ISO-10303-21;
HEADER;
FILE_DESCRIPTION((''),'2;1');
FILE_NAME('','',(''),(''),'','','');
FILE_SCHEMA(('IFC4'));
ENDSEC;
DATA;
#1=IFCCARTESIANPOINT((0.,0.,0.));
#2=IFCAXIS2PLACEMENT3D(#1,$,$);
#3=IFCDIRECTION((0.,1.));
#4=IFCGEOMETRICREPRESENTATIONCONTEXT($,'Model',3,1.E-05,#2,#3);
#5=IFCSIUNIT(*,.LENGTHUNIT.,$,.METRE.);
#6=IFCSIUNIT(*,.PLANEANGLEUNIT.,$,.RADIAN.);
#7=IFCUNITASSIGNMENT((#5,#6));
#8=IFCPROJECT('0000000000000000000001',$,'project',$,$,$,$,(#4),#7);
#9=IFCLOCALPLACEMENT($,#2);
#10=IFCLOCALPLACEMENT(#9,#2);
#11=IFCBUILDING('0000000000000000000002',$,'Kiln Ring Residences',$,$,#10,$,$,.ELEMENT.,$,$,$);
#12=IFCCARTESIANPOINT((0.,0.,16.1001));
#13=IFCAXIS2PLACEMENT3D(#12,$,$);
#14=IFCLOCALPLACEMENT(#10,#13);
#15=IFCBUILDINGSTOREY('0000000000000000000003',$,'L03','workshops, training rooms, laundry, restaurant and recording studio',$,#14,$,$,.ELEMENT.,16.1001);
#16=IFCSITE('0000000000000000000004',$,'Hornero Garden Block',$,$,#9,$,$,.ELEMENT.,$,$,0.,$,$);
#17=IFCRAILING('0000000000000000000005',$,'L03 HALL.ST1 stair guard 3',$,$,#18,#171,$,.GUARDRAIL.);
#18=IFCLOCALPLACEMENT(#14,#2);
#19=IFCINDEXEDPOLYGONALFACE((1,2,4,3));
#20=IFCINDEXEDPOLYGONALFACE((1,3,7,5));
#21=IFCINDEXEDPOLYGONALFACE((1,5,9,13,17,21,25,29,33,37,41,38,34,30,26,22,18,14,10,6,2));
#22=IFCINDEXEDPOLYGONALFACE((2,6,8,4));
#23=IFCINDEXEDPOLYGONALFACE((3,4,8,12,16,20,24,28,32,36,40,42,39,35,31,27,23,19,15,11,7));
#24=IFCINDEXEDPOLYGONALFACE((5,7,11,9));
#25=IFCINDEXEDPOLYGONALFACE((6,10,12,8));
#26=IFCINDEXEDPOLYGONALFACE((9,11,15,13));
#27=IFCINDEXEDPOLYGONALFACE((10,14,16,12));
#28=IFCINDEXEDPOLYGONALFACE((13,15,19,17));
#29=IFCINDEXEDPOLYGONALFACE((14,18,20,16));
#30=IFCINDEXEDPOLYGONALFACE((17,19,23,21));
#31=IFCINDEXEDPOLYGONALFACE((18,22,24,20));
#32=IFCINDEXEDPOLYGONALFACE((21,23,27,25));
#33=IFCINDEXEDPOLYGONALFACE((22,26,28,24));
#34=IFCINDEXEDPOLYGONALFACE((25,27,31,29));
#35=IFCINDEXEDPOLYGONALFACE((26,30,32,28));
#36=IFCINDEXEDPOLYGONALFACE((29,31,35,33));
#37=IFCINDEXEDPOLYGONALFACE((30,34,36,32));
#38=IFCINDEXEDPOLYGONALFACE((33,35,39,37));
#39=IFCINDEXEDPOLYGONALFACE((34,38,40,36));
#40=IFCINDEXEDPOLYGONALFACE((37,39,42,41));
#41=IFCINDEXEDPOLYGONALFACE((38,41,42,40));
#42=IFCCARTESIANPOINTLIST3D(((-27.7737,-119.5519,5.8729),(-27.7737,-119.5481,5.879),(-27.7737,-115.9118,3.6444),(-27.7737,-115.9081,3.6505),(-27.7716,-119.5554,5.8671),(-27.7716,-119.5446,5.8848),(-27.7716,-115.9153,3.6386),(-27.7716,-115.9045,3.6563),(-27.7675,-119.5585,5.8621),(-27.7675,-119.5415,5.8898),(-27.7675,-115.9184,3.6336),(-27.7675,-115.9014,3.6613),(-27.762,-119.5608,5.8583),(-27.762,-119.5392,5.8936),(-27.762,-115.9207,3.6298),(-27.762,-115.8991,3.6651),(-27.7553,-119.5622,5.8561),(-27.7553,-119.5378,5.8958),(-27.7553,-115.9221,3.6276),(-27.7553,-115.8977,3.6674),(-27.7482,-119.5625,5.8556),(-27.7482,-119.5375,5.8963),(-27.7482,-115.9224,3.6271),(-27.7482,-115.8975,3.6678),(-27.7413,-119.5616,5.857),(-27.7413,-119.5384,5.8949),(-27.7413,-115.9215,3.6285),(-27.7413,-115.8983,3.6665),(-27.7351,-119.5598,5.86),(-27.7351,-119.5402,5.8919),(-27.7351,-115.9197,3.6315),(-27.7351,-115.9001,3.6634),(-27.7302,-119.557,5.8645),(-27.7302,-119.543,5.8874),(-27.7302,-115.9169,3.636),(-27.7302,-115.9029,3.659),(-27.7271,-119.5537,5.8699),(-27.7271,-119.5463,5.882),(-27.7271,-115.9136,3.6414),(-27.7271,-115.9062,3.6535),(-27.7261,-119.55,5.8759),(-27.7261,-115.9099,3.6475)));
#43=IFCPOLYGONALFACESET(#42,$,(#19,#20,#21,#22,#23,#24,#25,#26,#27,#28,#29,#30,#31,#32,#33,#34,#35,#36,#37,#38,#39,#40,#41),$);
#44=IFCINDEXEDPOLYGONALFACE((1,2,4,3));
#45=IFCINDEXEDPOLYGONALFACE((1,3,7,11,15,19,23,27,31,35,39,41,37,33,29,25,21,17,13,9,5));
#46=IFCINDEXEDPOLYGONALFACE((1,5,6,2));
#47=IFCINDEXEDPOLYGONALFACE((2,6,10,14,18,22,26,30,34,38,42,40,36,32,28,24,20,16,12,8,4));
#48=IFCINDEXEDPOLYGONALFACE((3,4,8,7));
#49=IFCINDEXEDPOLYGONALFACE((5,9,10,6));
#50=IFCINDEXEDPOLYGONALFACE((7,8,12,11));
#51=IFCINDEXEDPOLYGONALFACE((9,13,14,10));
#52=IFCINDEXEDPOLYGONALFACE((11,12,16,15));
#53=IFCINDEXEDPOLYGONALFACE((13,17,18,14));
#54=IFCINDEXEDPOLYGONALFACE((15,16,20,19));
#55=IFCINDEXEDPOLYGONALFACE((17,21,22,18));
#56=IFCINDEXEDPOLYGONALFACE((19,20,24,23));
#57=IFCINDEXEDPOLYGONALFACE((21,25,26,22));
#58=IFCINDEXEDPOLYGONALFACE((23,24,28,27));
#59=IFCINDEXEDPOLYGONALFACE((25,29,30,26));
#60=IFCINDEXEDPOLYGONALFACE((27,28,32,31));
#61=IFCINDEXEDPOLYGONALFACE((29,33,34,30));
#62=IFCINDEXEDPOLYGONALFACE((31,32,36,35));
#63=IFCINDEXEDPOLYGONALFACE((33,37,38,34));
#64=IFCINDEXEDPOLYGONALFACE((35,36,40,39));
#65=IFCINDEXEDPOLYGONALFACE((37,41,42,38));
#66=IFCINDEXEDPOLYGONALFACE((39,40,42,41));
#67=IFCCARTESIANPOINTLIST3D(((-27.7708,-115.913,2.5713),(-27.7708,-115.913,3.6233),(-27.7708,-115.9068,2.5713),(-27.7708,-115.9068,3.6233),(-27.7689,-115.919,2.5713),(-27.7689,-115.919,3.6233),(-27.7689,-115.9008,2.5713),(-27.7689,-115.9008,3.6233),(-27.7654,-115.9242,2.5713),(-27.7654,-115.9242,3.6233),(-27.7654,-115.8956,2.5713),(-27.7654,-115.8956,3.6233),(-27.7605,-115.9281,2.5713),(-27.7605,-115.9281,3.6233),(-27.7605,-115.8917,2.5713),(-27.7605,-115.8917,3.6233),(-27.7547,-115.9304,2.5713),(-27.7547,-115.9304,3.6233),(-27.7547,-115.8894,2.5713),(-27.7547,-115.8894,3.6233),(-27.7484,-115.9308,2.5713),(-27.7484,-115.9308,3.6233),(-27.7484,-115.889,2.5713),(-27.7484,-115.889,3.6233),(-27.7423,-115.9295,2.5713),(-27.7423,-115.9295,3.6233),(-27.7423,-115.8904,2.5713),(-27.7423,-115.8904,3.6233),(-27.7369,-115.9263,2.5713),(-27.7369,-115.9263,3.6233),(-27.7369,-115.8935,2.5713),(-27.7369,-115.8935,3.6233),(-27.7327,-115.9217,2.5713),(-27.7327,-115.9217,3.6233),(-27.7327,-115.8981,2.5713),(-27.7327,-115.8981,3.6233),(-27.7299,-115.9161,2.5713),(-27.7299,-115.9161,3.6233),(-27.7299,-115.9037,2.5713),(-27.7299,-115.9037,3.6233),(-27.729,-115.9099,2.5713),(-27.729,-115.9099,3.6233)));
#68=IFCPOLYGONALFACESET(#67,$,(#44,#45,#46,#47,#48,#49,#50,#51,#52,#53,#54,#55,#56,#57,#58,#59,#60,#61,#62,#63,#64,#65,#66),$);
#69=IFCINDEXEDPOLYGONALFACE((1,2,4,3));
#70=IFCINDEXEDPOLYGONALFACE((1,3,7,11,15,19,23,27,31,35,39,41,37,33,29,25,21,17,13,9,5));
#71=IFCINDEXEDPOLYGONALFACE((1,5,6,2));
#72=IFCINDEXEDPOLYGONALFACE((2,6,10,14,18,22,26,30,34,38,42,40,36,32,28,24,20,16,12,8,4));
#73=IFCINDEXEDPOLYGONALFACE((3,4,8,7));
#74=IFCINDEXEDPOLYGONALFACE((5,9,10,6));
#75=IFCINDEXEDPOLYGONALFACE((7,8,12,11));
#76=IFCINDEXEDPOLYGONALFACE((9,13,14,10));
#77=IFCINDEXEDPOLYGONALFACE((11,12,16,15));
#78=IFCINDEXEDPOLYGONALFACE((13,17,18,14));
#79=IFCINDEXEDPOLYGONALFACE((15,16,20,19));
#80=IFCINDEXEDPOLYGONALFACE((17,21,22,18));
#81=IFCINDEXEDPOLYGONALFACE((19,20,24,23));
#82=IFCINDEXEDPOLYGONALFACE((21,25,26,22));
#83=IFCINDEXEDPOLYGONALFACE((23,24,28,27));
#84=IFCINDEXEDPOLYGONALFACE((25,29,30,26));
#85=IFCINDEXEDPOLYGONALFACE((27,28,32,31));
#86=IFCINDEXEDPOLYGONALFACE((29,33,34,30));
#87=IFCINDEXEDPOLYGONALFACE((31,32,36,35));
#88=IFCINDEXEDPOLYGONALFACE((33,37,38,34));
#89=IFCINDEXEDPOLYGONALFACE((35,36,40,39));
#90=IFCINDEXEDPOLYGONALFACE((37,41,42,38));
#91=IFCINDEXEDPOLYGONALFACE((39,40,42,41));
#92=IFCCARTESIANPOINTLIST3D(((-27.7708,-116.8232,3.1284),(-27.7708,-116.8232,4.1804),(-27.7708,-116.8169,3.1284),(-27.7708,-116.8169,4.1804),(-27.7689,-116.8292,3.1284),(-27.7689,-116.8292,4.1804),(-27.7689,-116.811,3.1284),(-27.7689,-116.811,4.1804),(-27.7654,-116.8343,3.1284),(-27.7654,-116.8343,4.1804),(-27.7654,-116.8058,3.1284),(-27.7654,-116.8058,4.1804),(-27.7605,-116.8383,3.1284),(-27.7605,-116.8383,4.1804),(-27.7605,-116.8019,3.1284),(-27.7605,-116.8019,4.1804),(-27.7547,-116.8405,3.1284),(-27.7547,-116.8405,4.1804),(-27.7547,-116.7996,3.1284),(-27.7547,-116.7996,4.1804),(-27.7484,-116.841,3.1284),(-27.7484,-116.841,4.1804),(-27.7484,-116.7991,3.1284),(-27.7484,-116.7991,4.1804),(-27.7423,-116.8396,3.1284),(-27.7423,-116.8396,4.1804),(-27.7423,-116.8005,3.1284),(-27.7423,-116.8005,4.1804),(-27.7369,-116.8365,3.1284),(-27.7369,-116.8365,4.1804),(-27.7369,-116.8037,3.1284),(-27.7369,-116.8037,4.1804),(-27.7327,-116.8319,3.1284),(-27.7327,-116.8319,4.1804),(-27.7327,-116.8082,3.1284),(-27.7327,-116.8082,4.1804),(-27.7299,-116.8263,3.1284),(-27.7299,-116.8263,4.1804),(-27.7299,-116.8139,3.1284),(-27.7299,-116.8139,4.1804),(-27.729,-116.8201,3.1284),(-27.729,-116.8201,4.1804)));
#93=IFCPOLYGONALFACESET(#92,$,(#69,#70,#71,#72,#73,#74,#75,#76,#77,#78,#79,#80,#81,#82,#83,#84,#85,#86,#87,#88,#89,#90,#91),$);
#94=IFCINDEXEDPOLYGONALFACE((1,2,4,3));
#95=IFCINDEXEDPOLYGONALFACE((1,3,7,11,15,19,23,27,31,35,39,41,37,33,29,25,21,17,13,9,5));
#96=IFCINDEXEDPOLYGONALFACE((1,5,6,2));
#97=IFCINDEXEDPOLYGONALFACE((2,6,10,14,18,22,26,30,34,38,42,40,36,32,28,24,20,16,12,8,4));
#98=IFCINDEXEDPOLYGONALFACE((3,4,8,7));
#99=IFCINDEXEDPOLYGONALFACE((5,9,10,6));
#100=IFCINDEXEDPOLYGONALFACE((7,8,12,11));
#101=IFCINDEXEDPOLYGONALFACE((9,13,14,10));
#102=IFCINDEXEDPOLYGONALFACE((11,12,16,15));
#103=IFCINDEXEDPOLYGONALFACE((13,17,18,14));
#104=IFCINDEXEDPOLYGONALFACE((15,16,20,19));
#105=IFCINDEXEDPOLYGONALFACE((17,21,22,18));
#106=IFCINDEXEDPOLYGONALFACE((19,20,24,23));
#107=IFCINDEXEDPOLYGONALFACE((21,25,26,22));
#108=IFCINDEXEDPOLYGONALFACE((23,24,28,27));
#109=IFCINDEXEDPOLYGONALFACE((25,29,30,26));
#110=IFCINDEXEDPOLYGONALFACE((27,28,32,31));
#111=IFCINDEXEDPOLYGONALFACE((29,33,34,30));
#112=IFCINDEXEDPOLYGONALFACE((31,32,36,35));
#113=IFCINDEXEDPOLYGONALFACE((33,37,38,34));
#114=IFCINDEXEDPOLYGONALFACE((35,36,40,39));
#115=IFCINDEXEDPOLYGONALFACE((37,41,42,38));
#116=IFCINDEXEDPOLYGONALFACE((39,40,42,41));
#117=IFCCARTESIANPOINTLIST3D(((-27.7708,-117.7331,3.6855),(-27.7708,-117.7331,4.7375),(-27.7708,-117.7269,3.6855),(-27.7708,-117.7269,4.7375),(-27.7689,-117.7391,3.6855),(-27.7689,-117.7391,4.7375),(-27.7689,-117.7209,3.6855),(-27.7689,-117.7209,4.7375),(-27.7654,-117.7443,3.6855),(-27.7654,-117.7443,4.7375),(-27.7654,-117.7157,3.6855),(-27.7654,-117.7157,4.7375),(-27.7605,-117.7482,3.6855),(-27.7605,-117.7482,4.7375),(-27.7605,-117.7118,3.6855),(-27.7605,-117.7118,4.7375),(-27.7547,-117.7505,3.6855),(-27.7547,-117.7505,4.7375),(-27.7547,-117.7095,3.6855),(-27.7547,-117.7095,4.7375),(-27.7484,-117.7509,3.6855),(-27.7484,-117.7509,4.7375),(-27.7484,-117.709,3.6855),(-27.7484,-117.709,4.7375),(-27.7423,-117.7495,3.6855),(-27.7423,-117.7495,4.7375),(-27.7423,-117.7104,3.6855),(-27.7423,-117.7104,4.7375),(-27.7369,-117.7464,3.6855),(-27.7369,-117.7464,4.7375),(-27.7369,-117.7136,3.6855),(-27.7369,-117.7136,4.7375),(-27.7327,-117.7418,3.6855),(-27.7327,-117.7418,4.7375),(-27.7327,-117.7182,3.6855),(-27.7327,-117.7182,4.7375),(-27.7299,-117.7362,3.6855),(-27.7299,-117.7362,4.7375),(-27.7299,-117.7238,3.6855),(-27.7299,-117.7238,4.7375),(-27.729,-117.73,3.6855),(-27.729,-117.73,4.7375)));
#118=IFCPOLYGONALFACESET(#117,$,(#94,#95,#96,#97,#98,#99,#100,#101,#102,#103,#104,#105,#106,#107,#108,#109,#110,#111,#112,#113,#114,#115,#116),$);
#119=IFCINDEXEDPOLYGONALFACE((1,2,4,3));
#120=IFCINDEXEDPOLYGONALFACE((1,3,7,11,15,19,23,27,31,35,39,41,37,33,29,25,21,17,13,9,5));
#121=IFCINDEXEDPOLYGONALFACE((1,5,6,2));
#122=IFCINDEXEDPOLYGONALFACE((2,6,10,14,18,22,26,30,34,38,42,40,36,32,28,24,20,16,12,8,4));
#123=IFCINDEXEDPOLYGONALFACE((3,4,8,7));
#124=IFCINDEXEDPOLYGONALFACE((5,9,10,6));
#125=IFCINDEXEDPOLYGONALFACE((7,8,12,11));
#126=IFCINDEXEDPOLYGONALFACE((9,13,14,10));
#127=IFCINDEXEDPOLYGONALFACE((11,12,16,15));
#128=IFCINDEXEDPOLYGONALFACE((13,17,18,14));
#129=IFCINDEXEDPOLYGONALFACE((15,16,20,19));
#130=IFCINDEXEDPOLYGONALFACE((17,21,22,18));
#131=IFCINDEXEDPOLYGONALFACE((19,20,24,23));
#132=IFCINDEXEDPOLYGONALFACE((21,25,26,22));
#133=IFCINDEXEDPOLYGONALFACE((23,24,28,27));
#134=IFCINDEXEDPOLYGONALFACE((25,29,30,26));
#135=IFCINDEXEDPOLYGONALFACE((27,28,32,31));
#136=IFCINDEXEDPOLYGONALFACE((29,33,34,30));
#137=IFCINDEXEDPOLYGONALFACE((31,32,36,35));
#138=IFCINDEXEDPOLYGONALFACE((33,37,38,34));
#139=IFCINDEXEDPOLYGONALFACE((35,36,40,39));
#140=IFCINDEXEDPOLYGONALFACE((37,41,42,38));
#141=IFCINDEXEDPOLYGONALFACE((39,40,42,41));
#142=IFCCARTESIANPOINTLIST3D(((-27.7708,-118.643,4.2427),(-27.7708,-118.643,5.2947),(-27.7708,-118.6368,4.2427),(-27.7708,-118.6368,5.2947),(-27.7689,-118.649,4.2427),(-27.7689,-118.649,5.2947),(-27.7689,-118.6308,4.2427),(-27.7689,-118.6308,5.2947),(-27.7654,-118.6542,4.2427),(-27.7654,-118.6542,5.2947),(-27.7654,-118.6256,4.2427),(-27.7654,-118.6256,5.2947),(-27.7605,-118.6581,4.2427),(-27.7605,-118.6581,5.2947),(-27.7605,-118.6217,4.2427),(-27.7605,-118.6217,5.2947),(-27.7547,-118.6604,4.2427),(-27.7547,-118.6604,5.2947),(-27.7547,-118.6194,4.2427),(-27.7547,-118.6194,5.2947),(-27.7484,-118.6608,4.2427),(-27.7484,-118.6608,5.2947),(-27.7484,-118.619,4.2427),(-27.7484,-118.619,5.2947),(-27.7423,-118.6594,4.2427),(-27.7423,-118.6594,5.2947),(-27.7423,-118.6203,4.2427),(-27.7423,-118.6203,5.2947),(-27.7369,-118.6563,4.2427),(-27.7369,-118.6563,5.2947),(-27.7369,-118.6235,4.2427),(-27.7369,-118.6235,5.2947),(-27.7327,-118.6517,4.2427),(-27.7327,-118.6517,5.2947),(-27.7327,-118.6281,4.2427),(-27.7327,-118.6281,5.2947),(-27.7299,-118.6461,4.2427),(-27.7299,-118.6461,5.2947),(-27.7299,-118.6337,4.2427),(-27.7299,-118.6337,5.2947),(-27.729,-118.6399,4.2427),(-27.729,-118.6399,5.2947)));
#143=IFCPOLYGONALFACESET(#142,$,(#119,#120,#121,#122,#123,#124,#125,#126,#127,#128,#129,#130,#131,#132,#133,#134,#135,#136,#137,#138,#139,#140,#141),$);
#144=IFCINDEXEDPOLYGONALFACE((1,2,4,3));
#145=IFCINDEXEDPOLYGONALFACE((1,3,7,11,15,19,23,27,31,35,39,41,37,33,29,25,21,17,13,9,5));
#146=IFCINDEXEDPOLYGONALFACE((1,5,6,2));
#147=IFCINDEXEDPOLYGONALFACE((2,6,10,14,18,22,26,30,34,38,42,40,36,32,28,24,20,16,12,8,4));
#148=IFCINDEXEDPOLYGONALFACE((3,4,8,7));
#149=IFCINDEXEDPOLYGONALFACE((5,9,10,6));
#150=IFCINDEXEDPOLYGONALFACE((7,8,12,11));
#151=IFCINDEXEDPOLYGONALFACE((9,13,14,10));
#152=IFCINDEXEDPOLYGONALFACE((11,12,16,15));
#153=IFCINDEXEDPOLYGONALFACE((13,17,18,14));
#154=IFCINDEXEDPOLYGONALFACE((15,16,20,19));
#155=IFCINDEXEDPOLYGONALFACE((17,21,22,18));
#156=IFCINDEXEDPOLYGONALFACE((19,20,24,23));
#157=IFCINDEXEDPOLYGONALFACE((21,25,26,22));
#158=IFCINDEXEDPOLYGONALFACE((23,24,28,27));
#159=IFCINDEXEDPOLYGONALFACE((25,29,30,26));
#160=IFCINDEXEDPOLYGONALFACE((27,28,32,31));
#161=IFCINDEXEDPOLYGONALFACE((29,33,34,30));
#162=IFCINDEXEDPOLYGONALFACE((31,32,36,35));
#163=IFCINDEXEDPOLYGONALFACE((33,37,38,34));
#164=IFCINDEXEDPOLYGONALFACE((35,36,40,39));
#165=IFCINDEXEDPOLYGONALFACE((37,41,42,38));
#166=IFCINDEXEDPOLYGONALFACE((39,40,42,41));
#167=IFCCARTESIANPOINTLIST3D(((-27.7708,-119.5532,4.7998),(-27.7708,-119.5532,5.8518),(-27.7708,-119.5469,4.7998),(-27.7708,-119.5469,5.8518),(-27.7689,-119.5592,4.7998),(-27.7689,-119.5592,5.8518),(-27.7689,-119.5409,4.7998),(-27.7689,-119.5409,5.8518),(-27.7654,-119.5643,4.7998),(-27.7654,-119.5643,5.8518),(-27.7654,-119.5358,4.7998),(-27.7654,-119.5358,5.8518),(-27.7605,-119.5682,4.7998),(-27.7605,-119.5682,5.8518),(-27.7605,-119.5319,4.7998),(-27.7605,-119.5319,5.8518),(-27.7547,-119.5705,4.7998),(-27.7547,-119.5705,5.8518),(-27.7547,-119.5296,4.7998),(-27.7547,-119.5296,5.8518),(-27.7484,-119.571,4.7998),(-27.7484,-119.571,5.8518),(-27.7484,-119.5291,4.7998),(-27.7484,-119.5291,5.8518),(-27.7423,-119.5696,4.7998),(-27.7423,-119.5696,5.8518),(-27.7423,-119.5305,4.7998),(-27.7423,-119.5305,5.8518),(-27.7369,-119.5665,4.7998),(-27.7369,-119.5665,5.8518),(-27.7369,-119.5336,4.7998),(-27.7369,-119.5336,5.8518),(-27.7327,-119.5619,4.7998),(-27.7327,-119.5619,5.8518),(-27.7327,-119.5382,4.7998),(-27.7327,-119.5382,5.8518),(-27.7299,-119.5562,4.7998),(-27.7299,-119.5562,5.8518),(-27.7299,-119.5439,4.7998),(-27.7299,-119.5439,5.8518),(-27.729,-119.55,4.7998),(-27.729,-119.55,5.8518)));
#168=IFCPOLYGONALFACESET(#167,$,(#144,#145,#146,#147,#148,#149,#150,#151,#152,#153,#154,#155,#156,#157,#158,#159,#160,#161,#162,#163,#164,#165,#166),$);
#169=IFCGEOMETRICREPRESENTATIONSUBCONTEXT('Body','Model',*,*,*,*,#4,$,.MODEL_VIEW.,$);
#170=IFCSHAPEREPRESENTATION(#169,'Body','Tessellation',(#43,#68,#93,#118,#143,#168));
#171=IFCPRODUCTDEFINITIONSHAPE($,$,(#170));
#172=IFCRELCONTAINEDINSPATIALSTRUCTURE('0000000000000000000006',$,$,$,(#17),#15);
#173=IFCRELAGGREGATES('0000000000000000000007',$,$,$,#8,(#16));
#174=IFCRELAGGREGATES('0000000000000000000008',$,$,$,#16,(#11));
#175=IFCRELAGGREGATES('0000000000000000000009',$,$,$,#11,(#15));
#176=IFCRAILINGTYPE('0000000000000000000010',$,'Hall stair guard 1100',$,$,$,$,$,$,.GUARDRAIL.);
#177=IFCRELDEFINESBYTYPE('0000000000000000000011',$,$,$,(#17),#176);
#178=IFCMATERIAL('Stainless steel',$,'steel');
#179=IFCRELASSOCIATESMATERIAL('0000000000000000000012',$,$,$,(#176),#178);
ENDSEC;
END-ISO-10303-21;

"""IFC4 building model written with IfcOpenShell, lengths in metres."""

from ifc_helpers import new_model, si_unit, direction, frame, origin, origin_2d, place, context, subcontext, project, spatial, circle, extrude, material, type_object, element, save


model = new_model("IFC4")

# Units and contexts
model_context = context("Model", 3, precision=1e-05, world=origin(), true_north=direction((0.0, 1.0)))
body_context = subcontext(model_context, "Body", "Model", "MODEL_VIEW")
ifc_project = project(units=[si_unit("LENGTHUNIT", "METRE"), si_unit("PLANEANGLEUNIT", "RADIAN")], contexts=[model_context])

# Site, building, storey
site_placement = place(None, origin())
site = spatial("IfcSite", under=ifc_project, at=site_placement, Name="Hornero Garden Block", CompositionType="ELEMENT", RefElevation=0.0)
building_placement = place(site_placement, origin())
building = spatial("IfcBuilding", under=site, at=building_placement, Name="Kiln Ring Residences", CompositionType="ELEMENT")
storey_placement = place(building_placement, frame((0.0, 0.0, 16.1001)))
storey = spatial("IfcBuildingStorey", under=building, at=storey_placement, Name="L03", Description="workshops, training rooms, laundry, restaurant and recording studio", CompositionType="ELEMENT", Elevation=16.1001)

# Railing
ifc_material_1 = material(Name="Stainless steel", Category="steel")
railing_type_1 = type_object("IfcRailingType", Name="Hall stair guard 1100", PredefinedType="GUARDRAIL", material=ifc_material_1)
railing_1_placement = place(storey_placement, frame((-27.75, -115.9099, 2.5713)))
element("IfcRailing", 1, at=railing_1_placement, inside=storey, type_object=railing_type_1, Name="L03 HALL.ST1 stair guard 3", PredefinedType="GUARDRAIL", context=body_context, shape_type="SweptSolid", body=[
    extrude(circle(Radius=0.0239, at=origin_2d()), frame((0.0, 0.0, 1.0762), z_axis=(0.0, -0.852866, 0.52213), x_axis=(1.0, 0.0, 0.0)), (0.0, 0.0, 1.0), 4.2681),
    extrude(circle(Radius=0.021, at=origin_2d()), origin(), (0.0, 0.0, 1.0), 1.052),
    extrude(circle(Radius=0.021, at=origin_2d()), frame((0.0, -0.9102, 0.5571)), (0.0, 0.0, 1.0), 1.052),
    extrude(circle(Radius=0.021, at=origin_2d()), frame((0.0, -1.8201, 1.1143)), (0.0, 0.0, 1.0), 1.052),
    extrude(circle(Radius=0.021, at=origin_2d()), frame((0.0, -2.73, 1.6714)), (0.0, 0.0, 1.0), 1.052),
    extrude(circle(Radius=0.021, at=origin_2d()), frame((0.0, -3.6401, 2.2285)), (0.0, 0.0, 1.0), 1.052),
])

save(model, "model.ifc")
